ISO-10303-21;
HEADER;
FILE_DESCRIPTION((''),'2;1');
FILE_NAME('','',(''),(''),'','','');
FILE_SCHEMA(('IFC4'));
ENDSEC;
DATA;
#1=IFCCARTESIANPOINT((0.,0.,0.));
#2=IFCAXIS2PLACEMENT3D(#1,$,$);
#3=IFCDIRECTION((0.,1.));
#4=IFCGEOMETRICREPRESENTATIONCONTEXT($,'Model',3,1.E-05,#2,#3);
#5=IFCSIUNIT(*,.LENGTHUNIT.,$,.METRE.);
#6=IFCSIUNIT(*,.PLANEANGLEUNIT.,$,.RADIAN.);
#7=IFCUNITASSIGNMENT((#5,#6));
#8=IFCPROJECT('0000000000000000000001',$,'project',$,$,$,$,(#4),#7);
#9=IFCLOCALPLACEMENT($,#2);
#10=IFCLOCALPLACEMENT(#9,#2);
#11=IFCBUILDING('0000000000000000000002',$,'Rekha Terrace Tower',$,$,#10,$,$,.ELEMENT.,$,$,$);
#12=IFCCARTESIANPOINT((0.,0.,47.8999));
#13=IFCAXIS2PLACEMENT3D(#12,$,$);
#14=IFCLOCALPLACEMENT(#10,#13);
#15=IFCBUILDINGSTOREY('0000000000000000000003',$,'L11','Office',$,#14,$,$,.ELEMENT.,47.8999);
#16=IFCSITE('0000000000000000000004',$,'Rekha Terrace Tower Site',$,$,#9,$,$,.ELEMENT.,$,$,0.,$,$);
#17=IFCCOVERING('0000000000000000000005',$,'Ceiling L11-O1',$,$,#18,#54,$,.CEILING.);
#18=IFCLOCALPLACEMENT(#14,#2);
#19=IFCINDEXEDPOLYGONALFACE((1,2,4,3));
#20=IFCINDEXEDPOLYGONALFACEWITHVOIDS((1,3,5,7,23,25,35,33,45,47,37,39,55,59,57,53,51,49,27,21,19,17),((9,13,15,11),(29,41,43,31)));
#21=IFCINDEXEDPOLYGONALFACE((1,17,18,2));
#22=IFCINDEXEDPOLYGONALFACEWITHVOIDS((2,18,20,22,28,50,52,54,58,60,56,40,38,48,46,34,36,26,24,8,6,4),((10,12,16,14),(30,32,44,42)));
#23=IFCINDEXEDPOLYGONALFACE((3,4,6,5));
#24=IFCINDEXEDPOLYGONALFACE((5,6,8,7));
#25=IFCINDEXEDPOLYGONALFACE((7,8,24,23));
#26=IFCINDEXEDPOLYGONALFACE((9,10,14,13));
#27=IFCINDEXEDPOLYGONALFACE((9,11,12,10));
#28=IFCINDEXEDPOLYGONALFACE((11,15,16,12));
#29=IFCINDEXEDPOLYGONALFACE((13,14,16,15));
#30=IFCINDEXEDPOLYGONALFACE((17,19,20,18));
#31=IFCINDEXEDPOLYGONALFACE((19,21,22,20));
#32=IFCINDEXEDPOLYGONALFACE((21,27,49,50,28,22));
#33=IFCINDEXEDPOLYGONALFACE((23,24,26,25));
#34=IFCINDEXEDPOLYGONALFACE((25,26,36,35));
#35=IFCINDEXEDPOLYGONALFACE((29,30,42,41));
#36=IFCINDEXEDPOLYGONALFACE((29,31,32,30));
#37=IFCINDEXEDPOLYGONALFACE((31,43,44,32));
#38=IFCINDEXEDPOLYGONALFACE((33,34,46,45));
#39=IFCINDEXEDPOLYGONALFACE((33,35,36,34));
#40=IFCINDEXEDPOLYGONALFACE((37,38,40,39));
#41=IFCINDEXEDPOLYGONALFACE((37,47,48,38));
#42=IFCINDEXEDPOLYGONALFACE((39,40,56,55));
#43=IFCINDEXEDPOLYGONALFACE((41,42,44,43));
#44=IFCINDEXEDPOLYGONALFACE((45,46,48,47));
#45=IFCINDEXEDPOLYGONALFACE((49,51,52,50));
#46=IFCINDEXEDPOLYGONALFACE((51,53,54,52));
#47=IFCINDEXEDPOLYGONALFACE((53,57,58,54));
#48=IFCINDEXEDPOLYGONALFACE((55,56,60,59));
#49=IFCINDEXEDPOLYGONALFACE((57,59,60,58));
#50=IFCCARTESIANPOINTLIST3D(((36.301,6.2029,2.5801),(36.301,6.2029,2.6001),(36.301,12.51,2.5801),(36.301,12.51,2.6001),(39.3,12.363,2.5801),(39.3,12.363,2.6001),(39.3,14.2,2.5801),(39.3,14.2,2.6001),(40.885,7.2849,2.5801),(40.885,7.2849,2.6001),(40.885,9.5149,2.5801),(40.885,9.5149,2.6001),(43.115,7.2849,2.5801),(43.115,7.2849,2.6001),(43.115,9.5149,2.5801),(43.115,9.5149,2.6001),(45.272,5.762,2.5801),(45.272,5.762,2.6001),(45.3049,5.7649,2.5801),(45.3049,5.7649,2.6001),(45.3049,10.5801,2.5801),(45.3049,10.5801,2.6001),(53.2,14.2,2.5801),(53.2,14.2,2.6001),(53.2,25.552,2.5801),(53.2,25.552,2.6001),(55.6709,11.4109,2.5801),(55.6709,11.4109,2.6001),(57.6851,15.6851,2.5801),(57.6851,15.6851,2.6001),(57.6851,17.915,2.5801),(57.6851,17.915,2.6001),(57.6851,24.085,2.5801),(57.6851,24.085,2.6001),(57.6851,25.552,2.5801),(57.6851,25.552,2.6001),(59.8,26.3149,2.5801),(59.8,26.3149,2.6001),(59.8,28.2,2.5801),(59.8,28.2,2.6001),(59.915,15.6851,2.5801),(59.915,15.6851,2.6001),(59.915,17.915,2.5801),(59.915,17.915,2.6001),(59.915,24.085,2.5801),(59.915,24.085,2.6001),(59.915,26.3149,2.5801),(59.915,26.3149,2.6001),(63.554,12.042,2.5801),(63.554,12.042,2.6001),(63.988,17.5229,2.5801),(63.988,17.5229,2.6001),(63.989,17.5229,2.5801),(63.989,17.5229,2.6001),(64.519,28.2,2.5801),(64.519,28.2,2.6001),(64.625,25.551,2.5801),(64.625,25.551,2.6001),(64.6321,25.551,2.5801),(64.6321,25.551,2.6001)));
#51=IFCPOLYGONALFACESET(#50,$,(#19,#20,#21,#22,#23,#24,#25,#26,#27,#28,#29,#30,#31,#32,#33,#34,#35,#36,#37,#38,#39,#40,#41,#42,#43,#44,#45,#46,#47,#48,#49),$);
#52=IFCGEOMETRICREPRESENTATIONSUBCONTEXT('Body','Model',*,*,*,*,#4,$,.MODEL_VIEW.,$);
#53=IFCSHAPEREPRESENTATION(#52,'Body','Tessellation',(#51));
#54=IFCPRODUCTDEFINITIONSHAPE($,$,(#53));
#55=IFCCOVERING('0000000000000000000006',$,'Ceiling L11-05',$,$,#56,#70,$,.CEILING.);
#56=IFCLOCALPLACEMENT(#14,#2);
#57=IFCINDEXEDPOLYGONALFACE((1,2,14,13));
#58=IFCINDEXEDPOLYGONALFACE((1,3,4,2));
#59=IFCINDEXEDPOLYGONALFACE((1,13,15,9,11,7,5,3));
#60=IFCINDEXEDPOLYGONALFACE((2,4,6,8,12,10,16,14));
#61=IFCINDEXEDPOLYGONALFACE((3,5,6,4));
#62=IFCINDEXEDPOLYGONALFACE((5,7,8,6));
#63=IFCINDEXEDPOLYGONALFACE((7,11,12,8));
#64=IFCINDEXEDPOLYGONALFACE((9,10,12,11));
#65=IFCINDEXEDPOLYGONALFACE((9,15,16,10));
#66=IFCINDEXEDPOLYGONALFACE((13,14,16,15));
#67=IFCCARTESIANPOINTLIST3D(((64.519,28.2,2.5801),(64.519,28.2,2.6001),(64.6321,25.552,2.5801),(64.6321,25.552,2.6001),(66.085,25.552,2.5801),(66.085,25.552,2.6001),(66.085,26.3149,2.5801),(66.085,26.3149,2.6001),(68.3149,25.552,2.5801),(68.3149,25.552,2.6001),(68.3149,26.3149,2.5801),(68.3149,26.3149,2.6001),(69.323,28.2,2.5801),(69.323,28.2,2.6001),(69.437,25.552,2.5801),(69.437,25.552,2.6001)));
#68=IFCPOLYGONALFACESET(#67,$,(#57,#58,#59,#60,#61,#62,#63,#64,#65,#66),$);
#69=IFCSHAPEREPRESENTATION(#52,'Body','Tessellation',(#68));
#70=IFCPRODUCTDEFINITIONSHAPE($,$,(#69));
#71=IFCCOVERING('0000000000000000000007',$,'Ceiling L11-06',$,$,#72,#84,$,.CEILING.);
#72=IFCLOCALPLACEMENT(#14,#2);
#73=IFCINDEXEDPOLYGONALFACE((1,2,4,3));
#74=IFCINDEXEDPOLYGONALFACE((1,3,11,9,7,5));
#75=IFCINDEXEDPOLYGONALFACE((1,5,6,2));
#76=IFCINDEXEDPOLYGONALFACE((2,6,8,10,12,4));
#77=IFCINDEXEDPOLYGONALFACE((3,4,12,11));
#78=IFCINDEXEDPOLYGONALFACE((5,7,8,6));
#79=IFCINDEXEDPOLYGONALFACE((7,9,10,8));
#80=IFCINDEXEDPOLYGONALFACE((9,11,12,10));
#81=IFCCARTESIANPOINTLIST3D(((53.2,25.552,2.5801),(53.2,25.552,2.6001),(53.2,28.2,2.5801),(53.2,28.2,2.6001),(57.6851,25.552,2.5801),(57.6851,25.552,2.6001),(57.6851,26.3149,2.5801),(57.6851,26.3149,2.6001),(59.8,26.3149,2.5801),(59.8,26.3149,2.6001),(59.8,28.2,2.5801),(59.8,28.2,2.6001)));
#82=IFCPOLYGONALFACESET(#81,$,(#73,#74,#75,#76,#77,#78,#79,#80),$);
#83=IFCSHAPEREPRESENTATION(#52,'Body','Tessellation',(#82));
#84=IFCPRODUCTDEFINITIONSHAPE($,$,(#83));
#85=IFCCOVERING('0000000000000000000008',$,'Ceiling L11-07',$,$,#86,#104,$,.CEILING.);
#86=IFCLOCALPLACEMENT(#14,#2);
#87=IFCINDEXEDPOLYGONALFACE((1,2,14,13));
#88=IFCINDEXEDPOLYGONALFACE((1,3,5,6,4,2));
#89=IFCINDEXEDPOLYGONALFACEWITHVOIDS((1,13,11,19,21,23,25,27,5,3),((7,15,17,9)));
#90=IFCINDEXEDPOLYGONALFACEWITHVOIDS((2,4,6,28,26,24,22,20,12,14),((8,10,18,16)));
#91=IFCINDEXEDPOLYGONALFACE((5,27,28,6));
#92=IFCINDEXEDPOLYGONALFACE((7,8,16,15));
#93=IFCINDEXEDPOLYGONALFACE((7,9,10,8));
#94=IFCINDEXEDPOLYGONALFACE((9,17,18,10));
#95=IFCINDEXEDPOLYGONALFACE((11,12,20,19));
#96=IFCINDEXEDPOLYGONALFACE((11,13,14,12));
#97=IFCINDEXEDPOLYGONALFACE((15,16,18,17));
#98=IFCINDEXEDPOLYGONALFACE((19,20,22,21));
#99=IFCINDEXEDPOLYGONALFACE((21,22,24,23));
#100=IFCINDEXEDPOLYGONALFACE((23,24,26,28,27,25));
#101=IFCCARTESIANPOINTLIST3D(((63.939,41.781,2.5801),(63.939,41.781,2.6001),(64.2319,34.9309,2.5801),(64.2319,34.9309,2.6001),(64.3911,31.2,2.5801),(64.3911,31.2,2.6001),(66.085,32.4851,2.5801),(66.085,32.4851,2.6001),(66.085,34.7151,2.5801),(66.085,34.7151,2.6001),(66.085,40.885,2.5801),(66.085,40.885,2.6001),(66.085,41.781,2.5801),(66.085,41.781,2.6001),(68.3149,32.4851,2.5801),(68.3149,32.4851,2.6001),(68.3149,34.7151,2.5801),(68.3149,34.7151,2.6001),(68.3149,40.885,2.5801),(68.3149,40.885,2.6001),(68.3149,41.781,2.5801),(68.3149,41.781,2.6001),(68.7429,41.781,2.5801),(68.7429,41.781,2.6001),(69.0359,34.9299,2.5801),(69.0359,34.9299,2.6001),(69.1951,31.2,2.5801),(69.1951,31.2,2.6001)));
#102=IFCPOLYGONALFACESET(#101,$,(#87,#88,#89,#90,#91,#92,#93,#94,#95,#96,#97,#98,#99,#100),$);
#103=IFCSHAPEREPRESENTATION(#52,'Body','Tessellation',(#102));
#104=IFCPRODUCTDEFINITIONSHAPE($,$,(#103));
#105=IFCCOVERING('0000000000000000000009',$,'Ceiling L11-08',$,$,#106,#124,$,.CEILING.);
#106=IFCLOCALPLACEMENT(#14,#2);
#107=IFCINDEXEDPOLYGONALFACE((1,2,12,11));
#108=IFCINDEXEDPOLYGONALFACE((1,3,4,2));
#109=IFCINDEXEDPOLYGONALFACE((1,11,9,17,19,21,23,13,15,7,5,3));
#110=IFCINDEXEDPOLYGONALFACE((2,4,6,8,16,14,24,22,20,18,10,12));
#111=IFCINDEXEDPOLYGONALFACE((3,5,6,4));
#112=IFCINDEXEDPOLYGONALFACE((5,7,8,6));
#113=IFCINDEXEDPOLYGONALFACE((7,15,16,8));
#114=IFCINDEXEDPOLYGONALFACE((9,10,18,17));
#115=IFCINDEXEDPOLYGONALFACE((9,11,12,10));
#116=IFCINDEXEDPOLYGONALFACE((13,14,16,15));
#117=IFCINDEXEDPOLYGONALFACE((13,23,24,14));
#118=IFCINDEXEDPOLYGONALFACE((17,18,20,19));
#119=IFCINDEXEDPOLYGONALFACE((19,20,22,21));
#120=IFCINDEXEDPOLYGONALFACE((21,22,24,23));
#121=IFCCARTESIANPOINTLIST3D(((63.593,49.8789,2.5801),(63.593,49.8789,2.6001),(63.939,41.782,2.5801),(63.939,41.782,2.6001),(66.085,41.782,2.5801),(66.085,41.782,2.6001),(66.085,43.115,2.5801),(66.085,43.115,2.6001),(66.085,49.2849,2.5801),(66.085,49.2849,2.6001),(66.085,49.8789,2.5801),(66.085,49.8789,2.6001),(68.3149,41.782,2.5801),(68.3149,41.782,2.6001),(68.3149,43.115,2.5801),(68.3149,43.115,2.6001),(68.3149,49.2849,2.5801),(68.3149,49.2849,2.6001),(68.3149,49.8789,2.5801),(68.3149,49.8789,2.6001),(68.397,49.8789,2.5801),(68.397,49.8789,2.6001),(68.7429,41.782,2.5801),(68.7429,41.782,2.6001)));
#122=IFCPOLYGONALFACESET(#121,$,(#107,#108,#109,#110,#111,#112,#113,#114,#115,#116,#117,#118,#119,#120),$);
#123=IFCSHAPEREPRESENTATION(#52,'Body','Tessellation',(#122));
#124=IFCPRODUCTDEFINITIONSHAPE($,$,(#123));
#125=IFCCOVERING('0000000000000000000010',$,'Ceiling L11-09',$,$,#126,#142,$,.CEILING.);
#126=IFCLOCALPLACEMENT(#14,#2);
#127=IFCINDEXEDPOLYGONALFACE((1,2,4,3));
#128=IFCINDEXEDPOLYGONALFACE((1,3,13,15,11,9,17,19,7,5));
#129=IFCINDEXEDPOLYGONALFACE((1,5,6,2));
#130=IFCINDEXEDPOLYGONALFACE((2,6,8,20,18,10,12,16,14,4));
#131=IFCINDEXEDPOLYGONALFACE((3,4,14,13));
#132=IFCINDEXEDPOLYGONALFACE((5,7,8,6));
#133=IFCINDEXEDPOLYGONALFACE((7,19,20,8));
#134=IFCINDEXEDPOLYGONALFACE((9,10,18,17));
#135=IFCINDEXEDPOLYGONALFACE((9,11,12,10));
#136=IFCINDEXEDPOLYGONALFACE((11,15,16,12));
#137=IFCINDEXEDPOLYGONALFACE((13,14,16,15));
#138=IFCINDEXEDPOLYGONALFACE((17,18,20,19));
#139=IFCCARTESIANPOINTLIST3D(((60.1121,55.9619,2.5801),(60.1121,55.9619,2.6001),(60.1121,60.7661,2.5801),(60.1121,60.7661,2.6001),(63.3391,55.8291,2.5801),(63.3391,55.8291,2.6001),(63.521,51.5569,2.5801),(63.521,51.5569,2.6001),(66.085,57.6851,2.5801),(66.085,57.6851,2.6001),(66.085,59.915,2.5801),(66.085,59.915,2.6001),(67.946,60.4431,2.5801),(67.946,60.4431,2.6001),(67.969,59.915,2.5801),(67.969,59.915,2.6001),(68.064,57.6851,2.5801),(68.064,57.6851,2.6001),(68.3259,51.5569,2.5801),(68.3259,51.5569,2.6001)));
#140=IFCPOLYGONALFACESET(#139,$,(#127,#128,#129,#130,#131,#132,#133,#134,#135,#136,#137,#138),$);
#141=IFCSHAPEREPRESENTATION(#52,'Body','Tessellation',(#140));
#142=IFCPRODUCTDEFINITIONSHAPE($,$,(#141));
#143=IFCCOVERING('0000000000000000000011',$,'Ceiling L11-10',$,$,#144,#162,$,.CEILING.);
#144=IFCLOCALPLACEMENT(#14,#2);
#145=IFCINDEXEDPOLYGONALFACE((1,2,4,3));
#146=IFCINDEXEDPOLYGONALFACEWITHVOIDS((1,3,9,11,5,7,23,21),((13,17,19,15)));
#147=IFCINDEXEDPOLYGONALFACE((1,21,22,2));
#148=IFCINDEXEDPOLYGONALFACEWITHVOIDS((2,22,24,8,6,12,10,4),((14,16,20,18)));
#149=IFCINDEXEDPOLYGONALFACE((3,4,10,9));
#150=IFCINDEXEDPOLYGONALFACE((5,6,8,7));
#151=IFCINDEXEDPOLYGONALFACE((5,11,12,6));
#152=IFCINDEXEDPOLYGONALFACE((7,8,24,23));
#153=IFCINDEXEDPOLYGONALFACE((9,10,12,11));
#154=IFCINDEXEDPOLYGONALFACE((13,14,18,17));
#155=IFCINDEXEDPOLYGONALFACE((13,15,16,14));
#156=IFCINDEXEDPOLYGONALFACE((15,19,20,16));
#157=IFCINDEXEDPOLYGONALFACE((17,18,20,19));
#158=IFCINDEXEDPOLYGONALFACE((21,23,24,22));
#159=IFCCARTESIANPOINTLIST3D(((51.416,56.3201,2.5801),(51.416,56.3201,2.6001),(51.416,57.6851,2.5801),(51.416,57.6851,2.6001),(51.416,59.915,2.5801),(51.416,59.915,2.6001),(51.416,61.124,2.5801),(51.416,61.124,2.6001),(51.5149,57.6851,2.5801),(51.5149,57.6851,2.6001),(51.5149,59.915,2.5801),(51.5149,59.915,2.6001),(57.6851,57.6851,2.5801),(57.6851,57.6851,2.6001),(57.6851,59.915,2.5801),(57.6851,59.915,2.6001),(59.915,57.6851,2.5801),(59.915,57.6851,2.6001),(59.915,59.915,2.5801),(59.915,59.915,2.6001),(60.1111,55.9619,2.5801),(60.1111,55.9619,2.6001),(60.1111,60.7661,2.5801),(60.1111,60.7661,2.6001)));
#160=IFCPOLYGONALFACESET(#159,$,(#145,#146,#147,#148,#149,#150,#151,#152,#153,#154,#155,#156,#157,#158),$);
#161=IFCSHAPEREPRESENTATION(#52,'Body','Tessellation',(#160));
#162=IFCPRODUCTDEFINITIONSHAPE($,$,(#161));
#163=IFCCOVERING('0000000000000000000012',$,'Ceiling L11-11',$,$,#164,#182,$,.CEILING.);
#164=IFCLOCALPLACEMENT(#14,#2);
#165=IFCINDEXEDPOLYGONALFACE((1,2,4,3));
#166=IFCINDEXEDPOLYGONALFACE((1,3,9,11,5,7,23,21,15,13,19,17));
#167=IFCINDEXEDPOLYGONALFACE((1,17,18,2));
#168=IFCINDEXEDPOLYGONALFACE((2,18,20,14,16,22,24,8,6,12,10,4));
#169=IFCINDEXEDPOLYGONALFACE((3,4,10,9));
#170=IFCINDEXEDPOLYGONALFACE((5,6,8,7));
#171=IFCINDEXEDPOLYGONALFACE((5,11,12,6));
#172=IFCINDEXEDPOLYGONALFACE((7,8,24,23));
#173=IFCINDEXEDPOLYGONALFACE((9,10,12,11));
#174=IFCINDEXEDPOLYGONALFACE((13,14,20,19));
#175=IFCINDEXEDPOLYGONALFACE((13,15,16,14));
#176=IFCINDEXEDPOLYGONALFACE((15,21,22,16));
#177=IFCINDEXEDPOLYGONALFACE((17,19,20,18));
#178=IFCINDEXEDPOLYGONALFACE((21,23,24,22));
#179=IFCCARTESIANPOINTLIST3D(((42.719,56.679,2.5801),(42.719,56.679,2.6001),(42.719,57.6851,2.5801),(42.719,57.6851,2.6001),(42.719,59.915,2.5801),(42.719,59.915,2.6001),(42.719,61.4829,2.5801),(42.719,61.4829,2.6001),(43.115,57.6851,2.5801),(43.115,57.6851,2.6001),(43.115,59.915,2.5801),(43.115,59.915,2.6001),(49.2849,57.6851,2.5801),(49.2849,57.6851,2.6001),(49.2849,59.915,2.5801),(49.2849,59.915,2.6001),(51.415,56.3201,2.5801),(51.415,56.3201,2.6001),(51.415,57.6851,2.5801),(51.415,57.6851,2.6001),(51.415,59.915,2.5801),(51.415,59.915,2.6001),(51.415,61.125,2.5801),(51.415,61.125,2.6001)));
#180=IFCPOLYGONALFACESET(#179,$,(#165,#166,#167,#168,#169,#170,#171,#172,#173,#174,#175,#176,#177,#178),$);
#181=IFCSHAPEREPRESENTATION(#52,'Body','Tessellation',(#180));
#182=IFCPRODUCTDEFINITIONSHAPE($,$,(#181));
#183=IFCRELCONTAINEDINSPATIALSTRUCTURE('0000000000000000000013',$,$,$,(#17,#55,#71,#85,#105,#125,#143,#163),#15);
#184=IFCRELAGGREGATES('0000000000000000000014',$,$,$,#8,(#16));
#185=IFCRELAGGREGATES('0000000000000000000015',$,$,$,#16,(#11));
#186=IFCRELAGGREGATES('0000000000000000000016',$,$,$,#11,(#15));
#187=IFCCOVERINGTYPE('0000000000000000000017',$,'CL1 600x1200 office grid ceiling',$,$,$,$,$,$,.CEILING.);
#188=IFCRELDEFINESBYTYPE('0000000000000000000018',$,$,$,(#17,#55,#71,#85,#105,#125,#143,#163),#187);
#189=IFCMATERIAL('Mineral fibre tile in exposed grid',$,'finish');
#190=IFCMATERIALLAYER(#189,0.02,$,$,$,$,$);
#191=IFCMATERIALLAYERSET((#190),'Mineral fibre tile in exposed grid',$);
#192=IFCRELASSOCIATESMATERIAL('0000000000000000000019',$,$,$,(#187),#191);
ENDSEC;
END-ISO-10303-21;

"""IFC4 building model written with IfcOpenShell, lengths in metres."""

from ifc_helpers import new_model, si_unit, direction, frame, origin, place, context, subcontext, project, spatial, polyline, outline, extrude, material, layer, layer_set, type_object, element, save


model = new_model("IFC4")

# Units and contexts
model_context = context("Model", 3, precision=1e-05, world=origin(), true_north=direction((0.0, 1.0)))
body_context = subcontext(model_context, "Body", "Model", "MODEL_VIEW")
ifc_project = project(units=[si_unit("LENGTHUNIT", "METRE"), si_unit("PLANEANGLEUNIT", "RADIAN")], contexts=[model_context])

# Site, building, storey
site_placement = place(None, origin())
site = spatial("IfcSite", under=ifc_project, at=site_placement, Name="Rekha Terrace Tower Site", CompositionType="ELEMENT", RefElevation=0.0)
building_placement = place(site_placement, origin())
building = spatial("IfcBuilding", under=site, at=building_placement, Name="Rekha Terrace Tower", CompositionType="ELEMENT")
storey_placement = place(building_placement, frame((0.0, 0.0, 47.8999)))
storey = spatial("IfcBuildingStorey", under=building, at=storey_placement, Name="L11", Description="Office", CompositionType="ELEMENT", Elevation=47.8999)

# Coverings
ifc_material_1 = material(Name="Mineral fibre tile in exposed grid", Category="finish")
ifc_layer_1 = layer(ifc_material_1, 0.02)
ifc_layer_set_1 = layer_set([ifc_layer_1], Name="Mineral fibre tile in exposed grid")
covering_type_1 = type_object("IfcCoveringType", Name="CL1 600x1200 office grid ceiling", PredefinedType="CEILING", material=ifc_layer_set_1)
covering_1_placement = place(storey_placement, frame((0.0, 0.0, 2.5801)))
element("IfcCovering", 1, at=covering_1_placement, inside=storey, type_object=covering_type_1, Name="Ceiling L11-O1", PredefinedType="CEILING", context=body_context, shape_type="SweptSolid", body=[
    extrude(outline(polyline([(45.3049, 10.5801), (55.6709, 11.4109), (63.554, 12.042), (63.988, 17.5229), (63.989, 17.5229), (64.625, 25.551), (64.6321, 25.551), (64.519, 28.2), (59.8, 28.2), (59.8, 26.3149), (59.915, 26.3149), (59.915, 24.085), (57.6851, 24.085), (57.6851, 25.552), (53.2, 25.552), (53.2, 14.2), (39.3, 14.2), (39.3, 12.363), (36.301, 12.51), (36.301, 6.2029), (45.272, 5.762), (45.3049, 5.7649), (45.3049, 10.5801)]), holes=[polyline([(59.915, 17.915), (59.915, 15.6851), (57.6851, 15.6851), (57.6851, 17.915), (59.915, 17.915)]), polyline([(43.115, 7.2849), (40.885, 7.2849), (40.885, 9.5149), (43.115, 9.5149), (43.115, 7.2849)])]), origin(), (0.0, 0.0, 1.0), 0.02),
])
covering_2_placement = place(storey_placement, frame((0.0, 0.0, 2.5801)))
element("IfcCovering", 2, at=covering_2_placement, inside=storey, type_object=covering_type_1, Name="Ceiling L11-05", PredefinedType="CEILING", context=body_context, shape_type="SweptSolid", body=[
    extrude(outline(polyline([(69.437, 25.552), (69.323, 28.2), (64.519, 28.2), (64.6321, 25.552), (66.085, 25.552), (66.085, 26.3149), (68.3149, 26.3149), (68.3149, 25.552), (69.437, 25.552)])), origin(), (0.0, 0.0, 1.0), 0.02),
])
covering_3_placement = place(storey_placement, frame((0.0, 0.0, 2.5801)))
element("IfcCovering", 3, at=covering_3_placement, inside=storey, type_object=covering_type_1, Name="Ceiling L11-06", PredefinedType="CEILING", context=body_context, shape_type="SweptSolid", body=[
    extrude(outline(polyline([(59.8, 26.3149), (59.8, 28.2), (53.2, 28.2), (53.2, 25.552), (57.6851, 25.552), (57.6851, 26.3149), (59.8, 26.3149)])), origin(), (0.0, 0.0, 1.0), 0.02),
])
covering_4_placement = place(storey_placement, frame((0.0, 0.0, 2.5801)))
element("IfcCovering", 4, at=covering_4_placement, inside=storey, type_object=covering_type_1, Name="Ceiling L11-07", PredefinedType="CEILING", context=body_context, shape_type="SweptSolid", body=[
    extrude(outline(polyline([(69.1951, 31.2), (69.0359, 34.9299), (68.7429, 41.781), (68.3149, 41.781), (68.3149, 40.885), (66.085, 40.885), (66.085, 41.781), (63.939, 41.781), (64.2319, 34.9309), (64.3911, 31.2), (69.1951, 31.2)]), holes=[polyline([(68.3149, 32.4851), (66.085, 32.4851), (66.085, 34.7151), (68.3149, 34.7151), (68.3149, 32.4851)])]), origin(), (0.0, 0.0, 1.0), 0.02),
])
covering_5_placement = place(storey_placement, frame((0.0, 0.0, 2.5801)))
element("IfcCovering", 5, at=covering_5_placement, inside=storey, type_object=covering_type_1, Name="Ceiling L11-08", PredefinedType="CEILING", context=body_context, shape_type="SweptSolid", body=[
    extrude(outline(polyline([(68.3149, 41.782), (68.7429, 41.782), (68.397, 49.8789), (68.3149, 49.8789), (68.3149, 49.2849), (66.085, 49.2849), (66.085, 49.8789), (63.593, 49.8789), (63.939, 41.782), (66.085, 41.782), (66.085, 43.115), (68.3149, 43.115), (68.3149, 41.782)])), origin(), (0.0, 0.0, 1.0), 0.02),
])
covering_6_placement = place(storey_placement, frame((0.0, 0.0, 2.5801)))
element("IfcCovering", 6, at=covering_6_placement, inside=storey, type_object=covering_type_1, Name="Ceiling L11-09", PredefinedType="CEILING", context=body_context, shape_type="SweptSolid", body=[
    extrude(outline(polyline([(67.946, 60.4431), (60.1121, 60.7661), (60.1121, 55.9619), (63.3391, 55.8291), (63.521, 51.5569), (68.3259, 51.5569), (68.064, 57.6851), (66.085, 57.6851), (66.085, 59.915), (67.969, 59.915), (67.946, 60.4431)])), origin(), (0.0, 0.0, 1.0), 0.02),
])
covering_7_placement = place(storey_placement, frame((0.0, 0.0, 2.5801)))
element("IfcCovering", 7, at=covering_7_placement, inside=storey, type_object=covering_type_1, Name="Ceiling L11-10", PredefinedType="CEILING", context=body_context, shape_type="SweptSolid", body=[
    extrude(outline(polyline([(60.1111, 55.9619), (60.1111, 60.7661), (51.416, 61.124), (51.416, 59.915), (51.5149, 59.915), (51.5149, 57.6851), (51.416, 57.6851), (51.416, 56.3201), (60.1111, 55.9619)]), holes=[polyline([(59.915, 57.6851), (57.6851, 57.6851), (57.6851, 59.915), (59.915, 59.915), (59.915, 57.6851)])]), origin(), (0.0, 0.0, 1.0), 0.02),
])
covering_8_placement = place(storey_placement, frame((0.0, 0.0, 2.5801)))
element("IfcCovering", 8, at=covering_8_placement, inside=storey, type_object=covering_type_1, Name="Ceiling L11-11", PredefinedType="CEILING", context=body_context, shape_type="SweptSolid", body=[
    extrude(outline(polyline([(51.415, 59.915), (51.415, 61.125), (42.719, 61.4829), (42.719, 59.915), (43.115, 59.915), (43.115, 57.6851), (42.719, 57.6851), (42.719, 56.679), (51.415, 56.3201), (51.415, 57.6851), (49.2849, 57.6851), (49.2849, 59.915), (51.415, 59.915)])), origin(), (0.0, 0.0, 1.0), 0.02),
])

save(model, "model.ifc")
